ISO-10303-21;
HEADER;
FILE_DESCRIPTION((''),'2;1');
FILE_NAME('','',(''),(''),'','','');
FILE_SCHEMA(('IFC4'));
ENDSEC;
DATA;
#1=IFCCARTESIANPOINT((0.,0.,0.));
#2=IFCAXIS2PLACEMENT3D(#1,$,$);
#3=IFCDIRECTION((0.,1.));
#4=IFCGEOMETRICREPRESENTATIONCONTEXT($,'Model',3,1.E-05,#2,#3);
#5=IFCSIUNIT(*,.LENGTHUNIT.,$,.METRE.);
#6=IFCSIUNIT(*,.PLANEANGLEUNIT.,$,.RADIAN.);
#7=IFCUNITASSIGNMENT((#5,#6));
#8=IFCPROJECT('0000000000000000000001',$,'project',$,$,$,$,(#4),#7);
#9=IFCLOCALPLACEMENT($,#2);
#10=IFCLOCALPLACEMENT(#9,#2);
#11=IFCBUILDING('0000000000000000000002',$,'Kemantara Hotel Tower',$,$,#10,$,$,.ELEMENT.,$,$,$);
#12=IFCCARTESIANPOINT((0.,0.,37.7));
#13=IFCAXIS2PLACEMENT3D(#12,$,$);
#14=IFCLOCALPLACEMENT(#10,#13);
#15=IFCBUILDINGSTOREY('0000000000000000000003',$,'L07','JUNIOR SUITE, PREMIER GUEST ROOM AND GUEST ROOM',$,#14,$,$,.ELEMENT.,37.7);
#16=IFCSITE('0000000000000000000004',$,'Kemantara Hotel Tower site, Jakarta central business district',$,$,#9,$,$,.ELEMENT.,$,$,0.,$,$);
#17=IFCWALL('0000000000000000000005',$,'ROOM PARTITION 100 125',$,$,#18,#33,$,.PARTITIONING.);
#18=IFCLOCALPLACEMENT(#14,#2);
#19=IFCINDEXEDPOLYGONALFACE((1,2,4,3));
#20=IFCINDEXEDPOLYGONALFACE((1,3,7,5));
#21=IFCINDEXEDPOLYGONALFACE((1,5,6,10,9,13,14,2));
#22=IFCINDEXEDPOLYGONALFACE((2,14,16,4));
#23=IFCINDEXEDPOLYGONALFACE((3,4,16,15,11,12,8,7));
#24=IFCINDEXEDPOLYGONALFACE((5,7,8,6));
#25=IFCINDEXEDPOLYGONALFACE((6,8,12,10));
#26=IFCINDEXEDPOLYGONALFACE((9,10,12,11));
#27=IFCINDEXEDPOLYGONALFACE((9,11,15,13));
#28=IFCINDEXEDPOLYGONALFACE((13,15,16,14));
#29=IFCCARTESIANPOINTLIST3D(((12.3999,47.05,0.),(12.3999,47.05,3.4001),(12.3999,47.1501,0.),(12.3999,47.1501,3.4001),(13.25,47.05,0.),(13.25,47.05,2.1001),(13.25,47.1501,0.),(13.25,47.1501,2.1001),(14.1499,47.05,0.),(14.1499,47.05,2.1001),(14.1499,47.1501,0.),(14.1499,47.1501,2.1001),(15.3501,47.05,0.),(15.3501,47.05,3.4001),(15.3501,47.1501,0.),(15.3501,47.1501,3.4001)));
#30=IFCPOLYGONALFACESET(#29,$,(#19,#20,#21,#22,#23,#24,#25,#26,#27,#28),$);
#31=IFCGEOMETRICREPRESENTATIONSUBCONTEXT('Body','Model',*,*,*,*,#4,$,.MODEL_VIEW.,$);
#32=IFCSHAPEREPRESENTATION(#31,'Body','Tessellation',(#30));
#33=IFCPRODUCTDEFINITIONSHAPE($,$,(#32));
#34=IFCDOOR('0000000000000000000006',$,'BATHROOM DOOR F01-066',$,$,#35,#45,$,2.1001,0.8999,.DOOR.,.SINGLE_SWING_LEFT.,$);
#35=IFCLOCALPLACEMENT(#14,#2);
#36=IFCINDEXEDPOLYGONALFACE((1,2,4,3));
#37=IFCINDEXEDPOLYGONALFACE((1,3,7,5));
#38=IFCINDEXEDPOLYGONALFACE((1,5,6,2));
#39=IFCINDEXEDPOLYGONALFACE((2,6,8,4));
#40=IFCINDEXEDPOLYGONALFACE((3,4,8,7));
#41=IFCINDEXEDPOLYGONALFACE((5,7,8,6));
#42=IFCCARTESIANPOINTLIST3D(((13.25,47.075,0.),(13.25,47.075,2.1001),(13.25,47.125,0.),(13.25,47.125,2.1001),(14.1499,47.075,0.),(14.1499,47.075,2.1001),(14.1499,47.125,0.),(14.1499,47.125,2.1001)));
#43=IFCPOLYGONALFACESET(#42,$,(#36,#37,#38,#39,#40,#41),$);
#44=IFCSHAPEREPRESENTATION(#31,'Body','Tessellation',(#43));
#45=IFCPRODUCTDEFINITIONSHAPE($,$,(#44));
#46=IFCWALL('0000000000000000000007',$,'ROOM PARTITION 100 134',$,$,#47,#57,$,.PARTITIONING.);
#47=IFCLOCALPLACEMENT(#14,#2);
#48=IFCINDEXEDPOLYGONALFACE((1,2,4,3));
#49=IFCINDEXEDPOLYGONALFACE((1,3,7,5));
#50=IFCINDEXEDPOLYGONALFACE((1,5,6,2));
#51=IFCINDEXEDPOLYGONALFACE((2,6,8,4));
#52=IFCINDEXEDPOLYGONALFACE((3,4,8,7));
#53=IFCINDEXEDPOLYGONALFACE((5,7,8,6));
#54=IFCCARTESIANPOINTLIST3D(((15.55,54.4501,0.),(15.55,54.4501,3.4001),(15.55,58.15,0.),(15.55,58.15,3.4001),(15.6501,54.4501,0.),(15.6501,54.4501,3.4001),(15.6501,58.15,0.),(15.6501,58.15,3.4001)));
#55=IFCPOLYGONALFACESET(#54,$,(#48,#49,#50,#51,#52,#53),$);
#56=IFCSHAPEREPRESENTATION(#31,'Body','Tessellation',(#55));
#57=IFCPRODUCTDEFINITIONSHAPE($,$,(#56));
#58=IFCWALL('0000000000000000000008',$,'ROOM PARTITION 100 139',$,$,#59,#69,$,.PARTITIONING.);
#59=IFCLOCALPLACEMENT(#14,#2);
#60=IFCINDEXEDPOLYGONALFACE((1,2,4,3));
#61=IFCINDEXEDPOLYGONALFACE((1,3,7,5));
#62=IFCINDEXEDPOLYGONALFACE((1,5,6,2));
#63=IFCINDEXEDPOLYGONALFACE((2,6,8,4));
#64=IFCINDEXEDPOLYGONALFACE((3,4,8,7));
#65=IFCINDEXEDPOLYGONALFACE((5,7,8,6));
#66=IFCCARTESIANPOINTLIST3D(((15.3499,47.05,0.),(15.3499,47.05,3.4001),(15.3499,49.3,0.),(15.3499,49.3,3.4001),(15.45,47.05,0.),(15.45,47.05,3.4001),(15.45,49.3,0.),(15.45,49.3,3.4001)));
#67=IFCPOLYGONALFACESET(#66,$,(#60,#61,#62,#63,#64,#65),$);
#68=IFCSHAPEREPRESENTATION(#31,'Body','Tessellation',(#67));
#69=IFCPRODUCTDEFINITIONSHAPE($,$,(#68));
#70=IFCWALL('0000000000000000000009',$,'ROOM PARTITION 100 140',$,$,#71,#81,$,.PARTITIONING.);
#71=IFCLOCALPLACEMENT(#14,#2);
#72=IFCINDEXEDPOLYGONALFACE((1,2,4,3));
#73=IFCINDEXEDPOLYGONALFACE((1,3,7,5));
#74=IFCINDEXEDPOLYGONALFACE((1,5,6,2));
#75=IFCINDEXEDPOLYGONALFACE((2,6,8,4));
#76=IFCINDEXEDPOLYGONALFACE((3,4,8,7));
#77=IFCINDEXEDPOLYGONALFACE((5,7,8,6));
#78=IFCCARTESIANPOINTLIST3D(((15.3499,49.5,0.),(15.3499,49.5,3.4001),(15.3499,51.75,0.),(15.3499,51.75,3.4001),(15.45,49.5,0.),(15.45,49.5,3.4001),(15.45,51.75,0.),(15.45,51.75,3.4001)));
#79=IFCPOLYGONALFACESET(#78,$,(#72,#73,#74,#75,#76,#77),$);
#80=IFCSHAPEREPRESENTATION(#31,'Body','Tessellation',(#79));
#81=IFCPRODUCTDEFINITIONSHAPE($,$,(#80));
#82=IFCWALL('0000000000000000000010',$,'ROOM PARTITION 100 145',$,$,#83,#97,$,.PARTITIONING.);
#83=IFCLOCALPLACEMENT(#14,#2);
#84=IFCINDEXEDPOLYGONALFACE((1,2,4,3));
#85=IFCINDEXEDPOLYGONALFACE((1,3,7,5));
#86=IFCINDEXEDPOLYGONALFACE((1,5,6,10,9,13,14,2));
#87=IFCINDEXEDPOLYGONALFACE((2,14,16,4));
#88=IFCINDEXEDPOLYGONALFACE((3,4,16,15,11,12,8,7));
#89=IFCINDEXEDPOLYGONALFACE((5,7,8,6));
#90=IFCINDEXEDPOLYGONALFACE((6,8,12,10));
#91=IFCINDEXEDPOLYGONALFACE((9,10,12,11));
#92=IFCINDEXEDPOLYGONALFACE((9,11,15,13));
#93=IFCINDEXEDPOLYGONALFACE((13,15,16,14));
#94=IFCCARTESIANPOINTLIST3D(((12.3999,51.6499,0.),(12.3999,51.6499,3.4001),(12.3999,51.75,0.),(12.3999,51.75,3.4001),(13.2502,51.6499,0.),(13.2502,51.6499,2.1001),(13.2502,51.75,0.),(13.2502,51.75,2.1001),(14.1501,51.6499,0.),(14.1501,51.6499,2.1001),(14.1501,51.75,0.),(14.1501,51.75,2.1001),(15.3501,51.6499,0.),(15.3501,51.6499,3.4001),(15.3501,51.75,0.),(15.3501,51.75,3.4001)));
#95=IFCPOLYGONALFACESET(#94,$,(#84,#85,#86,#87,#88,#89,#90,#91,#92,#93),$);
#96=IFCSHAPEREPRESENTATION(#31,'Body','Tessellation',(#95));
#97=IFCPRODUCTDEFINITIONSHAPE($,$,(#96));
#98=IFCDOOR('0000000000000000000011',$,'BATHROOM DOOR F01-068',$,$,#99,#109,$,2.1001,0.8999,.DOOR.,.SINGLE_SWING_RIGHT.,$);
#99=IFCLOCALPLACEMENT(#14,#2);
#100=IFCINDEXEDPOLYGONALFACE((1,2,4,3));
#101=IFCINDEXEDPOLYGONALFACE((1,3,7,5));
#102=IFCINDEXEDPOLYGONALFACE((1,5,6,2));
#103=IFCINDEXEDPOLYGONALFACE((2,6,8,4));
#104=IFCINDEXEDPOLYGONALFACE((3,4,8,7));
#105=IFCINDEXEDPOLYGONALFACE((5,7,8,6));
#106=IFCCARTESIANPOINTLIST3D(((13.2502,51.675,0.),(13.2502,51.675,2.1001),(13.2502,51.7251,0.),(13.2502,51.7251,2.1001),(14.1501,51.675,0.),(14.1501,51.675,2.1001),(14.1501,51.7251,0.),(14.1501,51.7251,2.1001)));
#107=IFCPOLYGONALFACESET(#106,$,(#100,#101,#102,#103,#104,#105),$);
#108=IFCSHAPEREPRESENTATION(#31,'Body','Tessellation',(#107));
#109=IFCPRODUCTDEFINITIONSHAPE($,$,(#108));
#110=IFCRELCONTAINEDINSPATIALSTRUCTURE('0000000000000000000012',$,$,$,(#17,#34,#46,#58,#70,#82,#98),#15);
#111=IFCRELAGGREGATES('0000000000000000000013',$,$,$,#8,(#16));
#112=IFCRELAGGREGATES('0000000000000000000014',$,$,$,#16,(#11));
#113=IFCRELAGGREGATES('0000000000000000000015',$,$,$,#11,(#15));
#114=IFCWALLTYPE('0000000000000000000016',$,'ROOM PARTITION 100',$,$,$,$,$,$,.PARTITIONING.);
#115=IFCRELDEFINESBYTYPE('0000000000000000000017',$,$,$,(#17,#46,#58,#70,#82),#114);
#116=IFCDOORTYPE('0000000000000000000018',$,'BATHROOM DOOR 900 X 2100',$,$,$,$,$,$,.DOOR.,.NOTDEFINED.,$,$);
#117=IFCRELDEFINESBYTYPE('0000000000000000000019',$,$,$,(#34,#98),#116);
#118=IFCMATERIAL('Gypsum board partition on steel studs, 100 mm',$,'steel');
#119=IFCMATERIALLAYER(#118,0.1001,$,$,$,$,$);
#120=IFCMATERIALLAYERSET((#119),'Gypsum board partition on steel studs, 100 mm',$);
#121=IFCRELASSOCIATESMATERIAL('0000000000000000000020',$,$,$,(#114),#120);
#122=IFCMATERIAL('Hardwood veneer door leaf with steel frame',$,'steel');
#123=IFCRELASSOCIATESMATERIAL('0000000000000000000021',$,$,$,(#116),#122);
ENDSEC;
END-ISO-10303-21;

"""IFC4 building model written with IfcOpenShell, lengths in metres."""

from ifc_helpers import new_model, si_unit, direction, frame, frame_2d, origin, place, context, subcontext, project, spatial, rectangle, extrude, material, layer, layer_set, type_object, element, fill, save


model = new_model("IFC4")

# Units and contexts
model_context = context("Model", 3, precision=1e-05, world=origin(), true_north=direction((0.0, 1.0)))
body_context = subcontext(model_context, "Body", "Model", "MODEL_VIEW")
ifc_project = project(units=[si_unit("LENGTHUNIT", "METRE"), si_unit("PLANEANGLEUNIT", "RADIAN")], contexts=[model_context])

# Site, building, storey
site_placement = place(None, origin())
site = spatial("IfcSite", under=ifc_project, at=site_placement, Name="Kemantara Hotel Tower site, Jakarta central business district", CompositionType="ELEMENT", RefElevation=0.0)
building_placement = place(site_placement, origin())
building = spatial("IfcBuilding", under=site, at=building_placement, Name="Kemantara Hotel Tower", CompositionType="ELEMENT")
storey_placement = place(building_placement, frame((0.0, 0.0, 37.7)))
storey = spatial("IfcBuildingStorey", under=building, at=storey_placement, Name="L07", Description="JUNIOR SUITE, PREMIER GUEST ROOM AND GUEST ROOM", CompositionType="ELEMENT", Elevation=37.7)

# Shared definitions
ifc_material_1 = material(Name="Hardwood veneer door leaf with steel frame", Category="steel")

# Wall, opening, door
ifc_material_2 = material(Name="Gypsum board partition on steel studs, 100 mm", Category="steel")
ifc_layer_1 = layer(ifc_material_2, 0.1001)
ifc_layer_set_1 = layer_set([ifc_layer_1], Name="Gypsum board partition on steel studs, 100 mm")
wall_type_1 = type_object("IfcWallType", Name="ROOM PARTITION 100", PredefinedType="PARTITIONING", material=ifc_layer_set_1)
wall_1_placement = place(storey_placement, frame((12.3999, 47.1001, 0.0), z_axis=(0.0, 0.0, 1.0), x_axis=(1.0, 0.0, 0.0)))
wall_1 = element("IfcWall", 1, at=wall_1_placement, inside=storey, type_object=wall_type_1, Name="ROOM PARTITION 100 125", PredefinedType="PARTITIONING", context=body_context, shape_type="SweptSolid", body=[
    extrude(rectangle(XDim=2.9502, YDim=0.1001, at=frame_2d((1.4751, 0.0))), origin(), (0.0, 0.0, 1.0), 3.4001),
])
opening_1_placement = place(wall_1_placement, frame((0.8501, 0.0, 0.0)))
opening_1 = element("IfcOpeningElement", 2, at=opening_1_placement, cuts=wall_1, PredefinedType="OPENING", context=body_context, shape_type="SweptSolid", body=[
    extrude(rectangle(XDim=0.8999, YDim=2.1001, at=frame_2d((0.45, 1.05))), frame((0.0, 0.0601, 0.0), z_axis=(0.0, -1.0, 0.0), x_axis=(1.0, 0.0, 0.0)), (0.0, 0.0, 1.0), 0.1201),
])
door_type_1 = type_object("IfcDoorType", Name="BATHROOM DOOR 900 X 2100", OperationType="NOTDEFINED", PredefinedType="DOOR", material=ifc_material_1)
door_1_placement = place(opening_1_placement, origin())
door_1 = element("IfcDoor", 3, at=door_1_placement, inside=storey, type_object=door_type_1, Name="BATHROOM DOOR F01-066", OperationType="SINGLE_SWING_LEFT", OverallHeight=2.1001, OverallWidth=0.8999, PredefinedType="DOOR", context=body_context, shape_type="SweptSolid", body=[
    extrude(rectangle(XDim=0.8999, YDim=2.1001, at=frame_2d((0.45, 1.05))), frame((0.0, 0.0249, 0.0), z_axis=(0.0, -1.0, 0.0), x_axis=(1.0, 0.0, 0.0)), (0.0, 0.0, 1.0), 0.05),
])
fill(opening_1, door_1)

# Walls
wall_2_placement = place(storey_placement, frame((15.6001, 54.45, 0.0), z_axis=(0.0, 0.0, 1.0), x_axis=(0.0, 1.0, 0.0)))
element("IfcWall", 4, at=wall_2_placement, inside=storey, type_object=wall_type_1, Name="ROOM PARTITION 100 134", PredefinedType="PARTITIONING", context=body_context, shape_type="SweptSolid", body=[
    extrude(rectangle(XDim=3.7, YDim=0.1001, at=frame_2d((1.8501, 0.0))), origin(), (0.0, 0.0, 1.0), 3.4001),
])
for number, where, z_axis, x_axis, name in (
    (5, (15.3999, 47.05, 0.0), (0.0, 0.0, 1.0), (0.0, 1.0, 0.0), "ROOM PARTITION 100 139"),
    (6, (15.3999, 49.5, 0.0), (0.0, 0.0, 1.0), (0.0, 1.0, 0.0), "ROOM PARTITION 100 140"),
):
    element("IfcWall", number, at=place(storey_placement, frame(where, z_axis=z_axis, x_axis=x_axis)), inside=storey, type_object=wall_type_1, Name=name, PredefinedType="PARTITIONING", context=body_context, shape_type="SweptSolid", body=[
        extrude(rectangle(XDim=2.25, YDim=0.1001, at=frame_2d((1.125, 0.0))), origin(), (0.0, 0.0, 1.0), 3.4001),
    ])

# Wall, opening, door
wall_3_placement = place(storey_placement, frame((15.3501, 51.7, 0.0), z_axis=(0.0, 0.0, 1.0), x_axis=(-1.0, 0.0, 0.0)))
wall_3 = element("IfcWall", 7, at=wall_3_placement, inside=storey, type_object=wall_type_1, Name="ROOM PARTITION 100 145", PredefinedType="PARTITIONING", context=body_context, shape_type="SweptSolid", body=[
    extrude(rectangle(XDim=2.9502, YDim=0.1001, at=frame_2d((1.4751, 0.0))), origin(), (0.0, 0.0, 1.0), 3.4001),
])
opening_2_placement = place(wall_3_placement, frame((1.2, 0.0, 0.0)))
opening_2 = element("IfcOpeningElement", 8, at=opening_2_placement, cuts=wall_3, PredefinedType="OPENING", context=body_context, shape_type="SweptSolid", body=[
    extrude(rectangle(XDim=0.8999, YDim=2.1001, at=frame_2d((0.45, 1.05))), frame((0.0, 0.0601, 0.0), z_axis=(0.0, -1.0, 0.0), x_axis=(1.0, 0.0, 0.0)), (0.0, 0.0, 1.0), 0.1201),
])
door_2_placement = place(opening_2_placement, origin())
door_2 = element("IfcDoor", 9, at=door_2_placement, inside=storey, type_object=door_type_1, Name="BATHROOM DOOR F01-068", OperationType="SINGLE_SWING_RIGHT", OverallHeight=2.1001, OverallWidth=0.8999, PredefinedType="DOOR", context=body_context, shape_type="SweptSolid", body=[
    extrude(rectangle(XDim=0.8999, YDim=2.1001, at=frame_2d((0.45, 1.05))), frame((0.0, 0.0249, 0.0), z_axis=(0.0, -1.0, 0.0), x_axis=(1.0, 0.0, 0.0)), (0.0, 0.0, 1.0), 0.05),
])
fill(opening_2, door_2)

save(model, "model.ifc")
